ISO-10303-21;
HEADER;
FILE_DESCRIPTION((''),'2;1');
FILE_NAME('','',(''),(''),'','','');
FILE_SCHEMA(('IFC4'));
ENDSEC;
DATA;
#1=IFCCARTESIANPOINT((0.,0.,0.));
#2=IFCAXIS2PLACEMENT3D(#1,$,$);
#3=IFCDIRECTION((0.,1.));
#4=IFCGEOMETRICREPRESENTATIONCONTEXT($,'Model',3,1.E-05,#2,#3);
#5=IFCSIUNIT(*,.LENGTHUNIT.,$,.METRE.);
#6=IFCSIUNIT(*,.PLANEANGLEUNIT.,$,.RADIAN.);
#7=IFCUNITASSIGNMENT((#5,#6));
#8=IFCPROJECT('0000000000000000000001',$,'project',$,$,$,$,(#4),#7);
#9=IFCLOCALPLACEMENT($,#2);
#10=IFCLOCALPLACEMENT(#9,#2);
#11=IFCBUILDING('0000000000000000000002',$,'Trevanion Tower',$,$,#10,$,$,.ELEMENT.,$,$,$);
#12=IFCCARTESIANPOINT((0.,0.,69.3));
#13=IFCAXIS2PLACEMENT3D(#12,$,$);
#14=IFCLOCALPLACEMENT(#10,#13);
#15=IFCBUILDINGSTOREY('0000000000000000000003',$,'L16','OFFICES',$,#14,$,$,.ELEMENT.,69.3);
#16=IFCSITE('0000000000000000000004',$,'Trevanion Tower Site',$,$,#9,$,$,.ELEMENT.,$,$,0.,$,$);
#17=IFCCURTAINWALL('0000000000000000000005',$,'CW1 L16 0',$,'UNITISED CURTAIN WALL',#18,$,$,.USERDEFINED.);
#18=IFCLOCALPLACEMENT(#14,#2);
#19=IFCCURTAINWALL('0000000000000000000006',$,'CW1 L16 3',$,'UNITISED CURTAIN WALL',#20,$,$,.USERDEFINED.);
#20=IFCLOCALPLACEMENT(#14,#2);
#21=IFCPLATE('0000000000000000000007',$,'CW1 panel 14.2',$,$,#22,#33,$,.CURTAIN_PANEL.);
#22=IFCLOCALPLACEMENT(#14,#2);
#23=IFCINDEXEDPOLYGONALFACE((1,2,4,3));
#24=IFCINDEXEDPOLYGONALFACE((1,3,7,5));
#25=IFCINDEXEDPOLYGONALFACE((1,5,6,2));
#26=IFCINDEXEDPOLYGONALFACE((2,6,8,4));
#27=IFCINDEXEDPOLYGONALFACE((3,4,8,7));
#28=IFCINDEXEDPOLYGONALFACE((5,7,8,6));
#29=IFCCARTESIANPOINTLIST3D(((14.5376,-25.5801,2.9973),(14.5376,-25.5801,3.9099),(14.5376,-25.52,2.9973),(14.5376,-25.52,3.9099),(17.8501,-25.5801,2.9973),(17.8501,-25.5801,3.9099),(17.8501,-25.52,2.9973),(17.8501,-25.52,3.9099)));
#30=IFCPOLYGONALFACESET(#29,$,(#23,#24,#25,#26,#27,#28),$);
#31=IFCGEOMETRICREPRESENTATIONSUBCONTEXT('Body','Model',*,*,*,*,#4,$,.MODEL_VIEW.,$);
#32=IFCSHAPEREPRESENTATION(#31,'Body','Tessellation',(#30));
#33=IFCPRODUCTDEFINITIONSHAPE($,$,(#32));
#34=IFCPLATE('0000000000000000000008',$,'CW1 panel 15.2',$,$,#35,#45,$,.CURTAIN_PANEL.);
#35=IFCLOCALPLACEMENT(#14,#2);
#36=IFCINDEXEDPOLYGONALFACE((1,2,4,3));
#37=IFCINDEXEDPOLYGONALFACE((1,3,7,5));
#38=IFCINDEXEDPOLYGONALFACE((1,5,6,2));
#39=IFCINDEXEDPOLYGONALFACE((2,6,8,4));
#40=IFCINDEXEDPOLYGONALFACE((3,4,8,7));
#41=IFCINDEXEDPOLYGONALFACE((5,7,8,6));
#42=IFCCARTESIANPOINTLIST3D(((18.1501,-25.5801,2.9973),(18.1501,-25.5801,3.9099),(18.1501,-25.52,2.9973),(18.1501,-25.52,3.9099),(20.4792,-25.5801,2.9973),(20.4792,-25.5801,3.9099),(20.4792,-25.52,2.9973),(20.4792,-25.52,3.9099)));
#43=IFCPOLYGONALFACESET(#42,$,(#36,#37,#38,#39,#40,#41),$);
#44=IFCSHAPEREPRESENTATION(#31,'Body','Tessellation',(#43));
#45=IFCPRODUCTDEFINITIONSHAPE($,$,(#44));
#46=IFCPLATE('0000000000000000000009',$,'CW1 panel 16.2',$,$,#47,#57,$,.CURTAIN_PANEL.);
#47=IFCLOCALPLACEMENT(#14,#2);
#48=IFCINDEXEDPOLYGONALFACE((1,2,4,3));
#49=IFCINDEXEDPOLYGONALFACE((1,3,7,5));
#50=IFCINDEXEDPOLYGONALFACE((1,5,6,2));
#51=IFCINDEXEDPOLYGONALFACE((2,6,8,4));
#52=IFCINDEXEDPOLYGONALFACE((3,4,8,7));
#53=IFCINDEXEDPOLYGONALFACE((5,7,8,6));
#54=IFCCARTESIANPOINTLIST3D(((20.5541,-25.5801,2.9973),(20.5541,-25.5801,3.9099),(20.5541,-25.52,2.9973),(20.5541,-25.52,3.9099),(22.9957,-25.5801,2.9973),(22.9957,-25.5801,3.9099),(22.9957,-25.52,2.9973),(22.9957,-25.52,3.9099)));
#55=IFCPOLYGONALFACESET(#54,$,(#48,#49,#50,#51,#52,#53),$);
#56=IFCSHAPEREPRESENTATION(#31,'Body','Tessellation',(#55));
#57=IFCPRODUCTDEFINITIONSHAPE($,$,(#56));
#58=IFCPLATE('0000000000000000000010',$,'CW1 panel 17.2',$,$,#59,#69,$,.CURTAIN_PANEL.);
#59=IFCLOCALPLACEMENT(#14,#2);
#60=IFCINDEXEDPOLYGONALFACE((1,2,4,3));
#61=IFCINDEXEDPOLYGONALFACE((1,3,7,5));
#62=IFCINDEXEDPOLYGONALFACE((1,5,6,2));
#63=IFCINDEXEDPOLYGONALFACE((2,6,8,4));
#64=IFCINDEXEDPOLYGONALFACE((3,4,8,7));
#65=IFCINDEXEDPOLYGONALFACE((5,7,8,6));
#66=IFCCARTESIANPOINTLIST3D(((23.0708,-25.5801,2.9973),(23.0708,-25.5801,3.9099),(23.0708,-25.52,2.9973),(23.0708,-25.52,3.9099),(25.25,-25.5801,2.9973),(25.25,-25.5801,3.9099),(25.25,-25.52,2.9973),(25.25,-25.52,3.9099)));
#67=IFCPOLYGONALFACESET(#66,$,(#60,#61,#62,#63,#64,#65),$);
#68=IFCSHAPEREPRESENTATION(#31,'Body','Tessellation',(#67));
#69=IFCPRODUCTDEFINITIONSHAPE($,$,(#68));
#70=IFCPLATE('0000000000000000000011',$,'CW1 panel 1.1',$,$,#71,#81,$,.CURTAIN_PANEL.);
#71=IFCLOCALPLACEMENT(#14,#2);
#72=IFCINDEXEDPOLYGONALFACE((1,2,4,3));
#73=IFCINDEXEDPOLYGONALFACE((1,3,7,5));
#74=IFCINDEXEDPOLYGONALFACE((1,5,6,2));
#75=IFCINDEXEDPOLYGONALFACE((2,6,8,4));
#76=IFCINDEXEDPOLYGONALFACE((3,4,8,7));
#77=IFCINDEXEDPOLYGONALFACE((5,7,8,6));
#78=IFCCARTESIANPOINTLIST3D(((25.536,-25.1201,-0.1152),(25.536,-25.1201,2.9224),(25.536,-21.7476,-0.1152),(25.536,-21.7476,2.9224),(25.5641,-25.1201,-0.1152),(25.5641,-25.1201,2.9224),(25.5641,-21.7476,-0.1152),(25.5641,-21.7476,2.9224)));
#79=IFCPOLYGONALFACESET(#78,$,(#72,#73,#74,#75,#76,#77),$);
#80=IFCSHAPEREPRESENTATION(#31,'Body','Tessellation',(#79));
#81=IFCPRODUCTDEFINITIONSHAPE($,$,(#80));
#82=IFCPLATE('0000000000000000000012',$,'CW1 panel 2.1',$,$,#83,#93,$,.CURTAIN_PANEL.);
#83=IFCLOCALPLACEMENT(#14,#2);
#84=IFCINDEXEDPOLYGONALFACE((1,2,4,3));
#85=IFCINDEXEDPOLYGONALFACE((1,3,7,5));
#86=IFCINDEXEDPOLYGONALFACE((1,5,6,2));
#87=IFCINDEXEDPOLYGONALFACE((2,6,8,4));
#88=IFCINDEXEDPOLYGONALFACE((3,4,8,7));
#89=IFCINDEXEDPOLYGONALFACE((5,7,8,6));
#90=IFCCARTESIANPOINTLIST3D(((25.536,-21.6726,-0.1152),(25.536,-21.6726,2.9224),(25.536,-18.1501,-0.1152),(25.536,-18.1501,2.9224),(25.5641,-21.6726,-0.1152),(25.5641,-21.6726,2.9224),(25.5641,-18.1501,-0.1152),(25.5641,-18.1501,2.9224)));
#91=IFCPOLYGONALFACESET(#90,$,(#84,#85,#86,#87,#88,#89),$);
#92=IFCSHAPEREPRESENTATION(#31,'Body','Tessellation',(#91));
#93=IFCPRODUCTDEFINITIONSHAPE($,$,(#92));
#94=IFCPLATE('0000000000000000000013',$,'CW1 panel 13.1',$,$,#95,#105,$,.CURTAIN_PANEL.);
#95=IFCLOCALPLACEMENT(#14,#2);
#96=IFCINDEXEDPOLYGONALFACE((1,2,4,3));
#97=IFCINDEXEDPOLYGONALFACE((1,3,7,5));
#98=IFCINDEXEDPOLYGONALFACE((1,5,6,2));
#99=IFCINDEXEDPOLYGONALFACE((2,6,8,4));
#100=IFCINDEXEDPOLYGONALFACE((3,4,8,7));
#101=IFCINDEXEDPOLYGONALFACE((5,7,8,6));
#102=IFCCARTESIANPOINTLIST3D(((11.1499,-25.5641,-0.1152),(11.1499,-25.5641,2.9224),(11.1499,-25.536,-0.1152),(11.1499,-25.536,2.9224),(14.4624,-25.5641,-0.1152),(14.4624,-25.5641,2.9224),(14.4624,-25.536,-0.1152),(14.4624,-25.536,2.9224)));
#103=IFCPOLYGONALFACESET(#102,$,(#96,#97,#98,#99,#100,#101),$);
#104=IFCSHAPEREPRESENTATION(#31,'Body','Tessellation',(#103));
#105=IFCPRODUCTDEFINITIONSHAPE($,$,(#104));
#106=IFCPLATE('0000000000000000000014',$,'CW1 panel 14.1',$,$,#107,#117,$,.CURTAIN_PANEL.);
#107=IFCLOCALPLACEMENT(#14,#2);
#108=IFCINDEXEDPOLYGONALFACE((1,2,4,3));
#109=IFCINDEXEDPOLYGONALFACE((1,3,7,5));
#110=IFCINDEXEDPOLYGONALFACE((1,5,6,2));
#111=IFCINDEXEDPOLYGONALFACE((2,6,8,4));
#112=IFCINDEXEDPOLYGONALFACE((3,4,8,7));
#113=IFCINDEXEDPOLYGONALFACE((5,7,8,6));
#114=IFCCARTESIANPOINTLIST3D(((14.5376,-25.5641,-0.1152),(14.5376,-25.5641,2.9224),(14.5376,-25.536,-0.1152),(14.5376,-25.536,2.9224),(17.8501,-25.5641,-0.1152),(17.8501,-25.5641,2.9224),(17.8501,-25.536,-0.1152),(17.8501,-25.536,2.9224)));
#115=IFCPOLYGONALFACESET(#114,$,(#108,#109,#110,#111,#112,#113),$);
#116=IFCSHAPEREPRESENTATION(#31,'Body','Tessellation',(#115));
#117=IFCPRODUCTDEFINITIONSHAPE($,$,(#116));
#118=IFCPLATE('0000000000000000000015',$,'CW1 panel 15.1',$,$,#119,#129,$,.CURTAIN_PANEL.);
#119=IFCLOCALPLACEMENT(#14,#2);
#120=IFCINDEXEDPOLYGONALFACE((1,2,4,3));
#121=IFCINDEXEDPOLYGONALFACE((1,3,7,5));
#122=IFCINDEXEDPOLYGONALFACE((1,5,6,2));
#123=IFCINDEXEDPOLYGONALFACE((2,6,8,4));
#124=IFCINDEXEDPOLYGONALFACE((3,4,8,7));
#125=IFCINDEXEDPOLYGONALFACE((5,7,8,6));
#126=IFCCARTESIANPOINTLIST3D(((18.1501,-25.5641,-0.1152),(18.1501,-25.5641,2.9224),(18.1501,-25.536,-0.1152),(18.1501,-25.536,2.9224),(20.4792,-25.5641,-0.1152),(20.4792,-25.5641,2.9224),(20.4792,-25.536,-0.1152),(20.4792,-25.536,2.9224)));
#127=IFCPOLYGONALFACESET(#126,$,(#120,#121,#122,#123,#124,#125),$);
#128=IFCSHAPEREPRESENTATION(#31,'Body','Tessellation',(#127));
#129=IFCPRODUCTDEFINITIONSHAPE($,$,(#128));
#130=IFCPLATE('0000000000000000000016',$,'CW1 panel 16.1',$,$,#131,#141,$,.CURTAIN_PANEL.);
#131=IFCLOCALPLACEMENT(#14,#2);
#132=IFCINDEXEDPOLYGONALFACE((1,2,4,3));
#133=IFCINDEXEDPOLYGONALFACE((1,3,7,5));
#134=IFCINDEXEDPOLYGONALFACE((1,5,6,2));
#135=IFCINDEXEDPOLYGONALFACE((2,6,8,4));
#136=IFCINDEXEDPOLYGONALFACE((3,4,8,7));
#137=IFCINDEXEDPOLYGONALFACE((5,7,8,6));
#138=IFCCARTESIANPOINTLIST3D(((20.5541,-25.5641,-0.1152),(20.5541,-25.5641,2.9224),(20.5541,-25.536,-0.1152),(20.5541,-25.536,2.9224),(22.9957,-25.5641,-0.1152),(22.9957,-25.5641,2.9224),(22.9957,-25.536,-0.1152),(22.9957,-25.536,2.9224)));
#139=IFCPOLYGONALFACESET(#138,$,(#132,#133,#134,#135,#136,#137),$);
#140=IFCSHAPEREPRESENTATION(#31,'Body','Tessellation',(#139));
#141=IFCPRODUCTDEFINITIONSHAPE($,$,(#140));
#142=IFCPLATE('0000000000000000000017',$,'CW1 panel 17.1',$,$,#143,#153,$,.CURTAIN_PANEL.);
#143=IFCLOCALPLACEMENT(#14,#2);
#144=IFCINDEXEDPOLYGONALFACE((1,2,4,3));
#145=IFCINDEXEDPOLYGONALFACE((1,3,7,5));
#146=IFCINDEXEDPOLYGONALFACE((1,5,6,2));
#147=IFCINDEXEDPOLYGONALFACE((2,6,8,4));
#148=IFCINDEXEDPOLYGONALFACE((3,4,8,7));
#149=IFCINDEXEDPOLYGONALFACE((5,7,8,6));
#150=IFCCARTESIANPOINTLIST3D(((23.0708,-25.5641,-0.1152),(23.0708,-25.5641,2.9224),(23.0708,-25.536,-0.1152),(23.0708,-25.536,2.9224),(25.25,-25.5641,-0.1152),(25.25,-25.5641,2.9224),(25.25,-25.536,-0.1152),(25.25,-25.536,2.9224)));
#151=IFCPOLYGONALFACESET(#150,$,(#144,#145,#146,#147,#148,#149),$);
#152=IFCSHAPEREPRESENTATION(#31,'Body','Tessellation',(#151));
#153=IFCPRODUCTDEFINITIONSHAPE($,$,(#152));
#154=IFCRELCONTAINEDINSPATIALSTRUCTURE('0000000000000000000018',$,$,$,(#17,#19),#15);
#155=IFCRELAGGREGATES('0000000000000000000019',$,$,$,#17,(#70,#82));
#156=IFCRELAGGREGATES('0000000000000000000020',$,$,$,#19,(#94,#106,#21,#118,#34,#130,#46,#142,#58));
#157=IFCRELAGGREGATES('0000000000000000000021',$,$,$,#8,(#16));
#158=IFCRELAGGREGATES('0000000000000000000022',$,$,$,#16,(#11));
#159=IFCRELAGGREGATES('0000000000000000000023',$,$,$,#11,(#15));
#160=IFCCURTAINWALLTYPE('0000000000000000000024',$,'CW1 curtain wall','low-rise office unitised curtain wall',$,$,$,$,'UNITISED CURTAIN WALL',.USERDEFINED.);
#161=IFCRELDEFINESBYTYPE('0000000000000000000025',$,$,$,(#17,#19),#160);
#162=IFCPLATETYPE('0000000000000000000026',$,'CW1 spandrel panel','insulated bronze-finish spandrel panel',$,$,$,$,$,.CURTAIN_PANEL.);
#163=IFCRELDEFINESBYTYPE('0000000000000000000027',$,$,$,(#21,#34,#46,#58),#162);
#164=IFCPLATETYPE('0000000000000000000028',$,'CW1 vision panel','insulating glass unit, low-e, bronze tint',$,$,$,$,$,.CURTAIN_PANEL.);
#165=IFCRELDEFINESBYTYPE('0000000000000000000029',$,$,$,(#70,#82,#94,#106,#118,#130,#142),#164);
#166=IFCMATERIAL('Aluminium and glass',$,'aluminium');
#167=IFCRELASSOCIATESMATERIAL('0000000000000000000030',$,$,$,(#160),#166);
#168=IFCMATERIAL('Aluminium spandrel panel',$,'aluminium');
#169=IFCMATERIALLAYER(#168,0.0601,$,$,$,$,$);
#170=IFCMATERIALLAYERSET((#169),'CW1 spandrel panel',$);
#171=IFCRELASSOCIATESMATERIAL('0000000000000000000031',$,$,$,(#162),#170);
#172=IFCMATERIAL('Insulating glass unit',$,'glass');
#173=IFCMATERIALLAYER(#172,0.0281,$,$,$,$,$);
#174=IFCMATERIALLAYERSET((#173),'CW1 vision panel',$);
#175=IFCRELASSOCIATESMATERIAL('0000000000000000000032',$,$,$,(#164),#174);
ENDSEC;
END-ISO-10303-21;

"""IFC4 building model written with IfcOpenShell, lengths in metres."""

from ifc_helpers import new_model, si_unit, direction, frame, origin, origin_2d, place, context, subcontext, project, spatial, rectangle, extrude, material, layer, layer_set, type_object, element, aggregate, save


model = new_model("IFC4")

# Units and contexts
model_context = context("Model", 3, precision=1e-05, world=origin(), true_north=direction((0.0, 1.0)))
body_context = subcontext(model_context, "Body", "Model", "MODEL_VIEW")
ifc_project = project(units=[si_unit("LENGTHUNIT", "METRE"), si_unit("PLANEANGLEUNIT", "RADIAN")], contexts=[model_context])

# Site, building, storey
site_placement = place(None, origin())
site = spatial("IfcSite", under=ifc_project, at=site_placement, Name="Trevanion Tower Site", CompositionType="ELEMENT", RefElevation=0.0)
building_placement = place(site_placement, origin())
building = spatial("IfcBuilding", under=site, at=building_placement, Name="Trevanion Tower", CompositionType="ELEMENT")
storey_placement = place(building_placement, frame((0.0, 0.0, 69.3)))
storey = spatial("IfcBuildingStorey", under=building, at=storey_placement, Name="L16", Description="OFFICES", CompositionType="ELEMENT", Elevation=69.3)

# Curtain wall
ifc_material_1 = material(Name="Aluminium and glass", Category="aluminium")
curtain_wall_type = type_object("IfcCurtainWallType", Name="CW1 curtain wall", Description="low-rise office unitised curtain wall", ElementType="UNITISED CURTAIN WALL", PredefinedType="USERDEFINED", material=ifc_material_1)
curtain_wall_1_placement = place(storey_placement, origin())
curtain_wall_1 = element("IfcCurtainWall", 1, at=curtain_wall_1_placement, inside=storey, type_object=curtain_wall_type, Name="CW1 L16 0", ObjectType="UNITISED CURTAIN WALL", PredefinedType="USERDEFINED")

# Curtain wall
curtain_wall_2_placement = place(storey_placement, origin())
curtain_wall_2 = element("IfcCurtainWall", 2, at=curtain_wall_2_placement, inside=storey, type_object=curtain_wall_type, Name="CW1 L16 3", ObjectType="UNITISED CURTAIN WALL", PredefinedType="USERDEFINED")

# Plates
ifc_material_2 = material(Name="Aluminium spandrel panel", Category="aluminium")
ifc_layer_1 = layer(ifc_material_2, 0.0601)
ifc_layer_set_1 = layer_set([ifc_layer_1], Name="CW1 spandrel panel")
plate_type_1 = type_object("IfcPlateType", Name="CW1 spandrel panel", Description="insulated bronze-finish spandrel panel", PredefinedType="CURTAIN_PANEL", material=ifc_layer_set_1)
plate_1_placement = place(storey_placement, frame((16.1938, -25.55, 2.9973), z_axis=(0.0, 0.0, 1.0), x_axis=(1.0, 0.0, 0.0)))
plate_1 = element("IfcPlate", 3, at=plate_1_placement, type_object=plate_type_1, Name="CW1 panel 14.2", PredefinedType="CURTAIN_PANEL", context=body_context, shape_type="SweptSolid", body=[
    extrude(rectangle(XDim=3.3125, YDim=0.0601, at=origin_2d()), origin(), (0.0, 0.0, 1.0), 0.9126),
])
plate_2_placement = place(storey_placement, frame((19.3147, -25.55, 2.9973), z_axis=(0.0, 0.0, 1.0), x_axis=(1.0, 0.0, 0.0)))
plate_2 = element("IfcPlate", 4, at=plate_2_placement, type_object=plate_type_1, Name="CW1 panel 15.2", PredefinedType="CURTAIN_PANEL", context=body_context, shape_type="SweptSolid", body=[
    extrude(rectangle(XDim=2.3291, YDim=0.0601, at=origin_2d()), origin(), (0.0, 0.0, 1.0), 0.9126),
])
plate_3_placement = place(storey_placement, frame((21.7749, -25.55, 2.9973), z_axis=(0.0, 0.0, 1.0), x_axis=(1.0, 0.0, 0.0)))
plate_3 = element("IfcPlate", 5, at=plate_3_placement, type_object=plate_type_1, Name="CW1 panel 16.2", PredefinedType="CURTAIN_PANEL", context=body_context, shape_type="SweptSolid", body=[
    extrude(rectangle(XDim=2.4417, YDim=0.0601, at=origin_2d()), origin(), (0.0, 0.0, 1.0), 0.9126),
])
plate_4_placement = place(storey_placement, frame((24.1604, -25.55, 2.9973), z_axis=(0.0, 0.0, 1.0), x_axis=(1.0, 0.0, 0.0)))
plate_4 = element("IfcPlate", 6, at=plate_4_placement, type_object=plate_type_1, Name="CW1 panel 17.2", PredefinedType="CURTAIN_PANEL", context=body_context, shape_type="SweptSolid", body=[
    extrude(rectangle(XDim=2.1792, YDim=0.0601, at=origin_2d()), origin(), (0.0, 0.0, 1.0), 0.9126),
])
ifc_material_3 = material(Name="Insulating glass unit", Category="glass")
ifc_layer_2 = layer(ifc_material_3, 0.0281)
ifc_layer_set_2 = layer_set([ifc_layer_2], Name="CW1 vision panel")
plate_type_2 = type_object("IfcPlateType", Name="CW1 vision panel", Description="insulating glass unit, low-e, bronze tint", PredefinedType="CURTAIN_PANEL", material=ifc_layer_set_2)
plate_5_placement = place(storey_placement, frame((25.55, -23.4338, -0.1152), z_axis=(0.0, 0.0, 1.0), x_axis=(0.0, 1.0, 0.0)))
plate_5 = element("IfcPlate", 7, at=plate_5_placement, type_object=plate_type_2, Name="CW1 panel 1.1", PredefinedType="CURTAIN_PANEL", context=body_context, shape_type="SweptSolid", body=[
    extrude(rectangle(XDim=3.3726, YDim=0.0281, at=origin_2d()), origin(), (0.0, 0.0, 1.0), 3.0376),
])
plate_6_placement = place(storey_placement, frame((25.55, -19.9114, -0.1152), z_axis=(0.0, 0.0, 1.0), x_axis=(0.0, 1.0, 0.0)))
plate_6 = element("IfcPlate", 8, at=plate_6_placement, type_object=plate_type_2, Name="CW1 panel 2.1", PredefinedType="CURTAIN_PANEL", context=body_context, shape_type="SweptSolid", body=[
    extrude(rectangle(XDim=3.5225, YDim=0.0281, at=origin_2d()), origin(), (0.0, 0.0, 1.0), 3.0376),
])
aggregate(curtain_wall_1, [plate_5, plate_6])
plate_7_placement = place(storey_placement, frame((12.8062, -25.55, -0.1152), z_axis=(0.0, 0.0, 1.0), x_axis=(1.0, 0.0, 0.0)))
plate_7 = element("IfcPlate", 9, at=plate_7_placement, type_object=plate_type_2, Name="CW1 panel 13.1", PredefinedType="CURTAIN_PANEL", context=body_context, shape_type="SweptSolid", body=[
    extrude(rectangle(XDim=3.3125, YDim=0.0281, at=origin_2d()), origin(), (0.0, 0.0, 1.0), 3.0376),
])
plate_8_placement = place(storey_placement, frame((16.1938, -25.55, -0.1152), z_axis=(0.0, 0.0, 1.0), x_axis=(1.0, 0.0, 0.0)))
plate_8 = element("IfcPlate", 10, at=plate_8_placement, type_object=plate_type_2, Name="CW1 panel 14.1", PredefinedType="CURTAIN_PANEL", context=body_context, shape_type="SweptSolid", body=[
    extrude(rectangle(XDim=3.3125, YDim=0.0281, at=origin_2d()), origin(), (0.0, 0.0, 1.0), 3.0376),
])
plate_9_placement = place(storey_placement, frame((19.3147, -25.55, -0.1152), z_axis=(0.0, 0.0, 1.0), x_axis=(1.0, 0.0, 0.0)))
plate_9 = element("IfcPlate", 11, at=plate_9_placement, type_object=plate_type_2, Name="CW1 panel 15.1", PredefinedType="CURTAIN_PANEL", context=body_context, shape_type="SweptSolid", body=[
    extrude(rectangle(XDim=2.3291, YDim=0.0281, at=origin_2d()), origin(), (0.0, 0.0, 1.0), 3.0376),
])
plate_10_placement = place(storey_placement, frame((21.7749, -25.55, -0.1152), z_axis=(0.0, 0.0, 1.0), x_axis=(1.0, 0.0, 0.0)))
plate_10 = element("IfcPlate", 12, at=plate_10_placement, type_object=plate_type_2, Name="CW1 panel 16.1", PredefinedType="CURTAIN_PANEL", context=body_context, shape_type="SweptSolid", body=[
    extrude(rectangle(XDim=2.4417, YDim=0.0281, at=origin_2d()), origin(), (0.0, 0.0, 1.0), 3.0376),
])
plate_11_placement = place(storey_placement, frame((24.1604, -25.55, -0.1152), z_axis=(0.0, 0.0, 1.0), x_axis=(1.0, 0.0, 0.0)))
plate_11 = element("IfcPlate", 13, at=plate_11_placement, type_object=plate_type_2, Name="CW1 panel 17.1", PredefinedType="CURTAIN_PANEL", context=body_context, shape_type="SweptSolid", body=[
    extrude(rectangle(XDim=2.1792, YDim=0.0281, at=origin_2d()), origin(), (0.0, 0.0, 1.0), 3.0376),
])
aggregate(curtain_wall_2, [plate_7, plate_8, plate_1, plate_9, plate_2, plate_10, plate_3, plate_11, plate_4])

save(model, "model.ifc")
